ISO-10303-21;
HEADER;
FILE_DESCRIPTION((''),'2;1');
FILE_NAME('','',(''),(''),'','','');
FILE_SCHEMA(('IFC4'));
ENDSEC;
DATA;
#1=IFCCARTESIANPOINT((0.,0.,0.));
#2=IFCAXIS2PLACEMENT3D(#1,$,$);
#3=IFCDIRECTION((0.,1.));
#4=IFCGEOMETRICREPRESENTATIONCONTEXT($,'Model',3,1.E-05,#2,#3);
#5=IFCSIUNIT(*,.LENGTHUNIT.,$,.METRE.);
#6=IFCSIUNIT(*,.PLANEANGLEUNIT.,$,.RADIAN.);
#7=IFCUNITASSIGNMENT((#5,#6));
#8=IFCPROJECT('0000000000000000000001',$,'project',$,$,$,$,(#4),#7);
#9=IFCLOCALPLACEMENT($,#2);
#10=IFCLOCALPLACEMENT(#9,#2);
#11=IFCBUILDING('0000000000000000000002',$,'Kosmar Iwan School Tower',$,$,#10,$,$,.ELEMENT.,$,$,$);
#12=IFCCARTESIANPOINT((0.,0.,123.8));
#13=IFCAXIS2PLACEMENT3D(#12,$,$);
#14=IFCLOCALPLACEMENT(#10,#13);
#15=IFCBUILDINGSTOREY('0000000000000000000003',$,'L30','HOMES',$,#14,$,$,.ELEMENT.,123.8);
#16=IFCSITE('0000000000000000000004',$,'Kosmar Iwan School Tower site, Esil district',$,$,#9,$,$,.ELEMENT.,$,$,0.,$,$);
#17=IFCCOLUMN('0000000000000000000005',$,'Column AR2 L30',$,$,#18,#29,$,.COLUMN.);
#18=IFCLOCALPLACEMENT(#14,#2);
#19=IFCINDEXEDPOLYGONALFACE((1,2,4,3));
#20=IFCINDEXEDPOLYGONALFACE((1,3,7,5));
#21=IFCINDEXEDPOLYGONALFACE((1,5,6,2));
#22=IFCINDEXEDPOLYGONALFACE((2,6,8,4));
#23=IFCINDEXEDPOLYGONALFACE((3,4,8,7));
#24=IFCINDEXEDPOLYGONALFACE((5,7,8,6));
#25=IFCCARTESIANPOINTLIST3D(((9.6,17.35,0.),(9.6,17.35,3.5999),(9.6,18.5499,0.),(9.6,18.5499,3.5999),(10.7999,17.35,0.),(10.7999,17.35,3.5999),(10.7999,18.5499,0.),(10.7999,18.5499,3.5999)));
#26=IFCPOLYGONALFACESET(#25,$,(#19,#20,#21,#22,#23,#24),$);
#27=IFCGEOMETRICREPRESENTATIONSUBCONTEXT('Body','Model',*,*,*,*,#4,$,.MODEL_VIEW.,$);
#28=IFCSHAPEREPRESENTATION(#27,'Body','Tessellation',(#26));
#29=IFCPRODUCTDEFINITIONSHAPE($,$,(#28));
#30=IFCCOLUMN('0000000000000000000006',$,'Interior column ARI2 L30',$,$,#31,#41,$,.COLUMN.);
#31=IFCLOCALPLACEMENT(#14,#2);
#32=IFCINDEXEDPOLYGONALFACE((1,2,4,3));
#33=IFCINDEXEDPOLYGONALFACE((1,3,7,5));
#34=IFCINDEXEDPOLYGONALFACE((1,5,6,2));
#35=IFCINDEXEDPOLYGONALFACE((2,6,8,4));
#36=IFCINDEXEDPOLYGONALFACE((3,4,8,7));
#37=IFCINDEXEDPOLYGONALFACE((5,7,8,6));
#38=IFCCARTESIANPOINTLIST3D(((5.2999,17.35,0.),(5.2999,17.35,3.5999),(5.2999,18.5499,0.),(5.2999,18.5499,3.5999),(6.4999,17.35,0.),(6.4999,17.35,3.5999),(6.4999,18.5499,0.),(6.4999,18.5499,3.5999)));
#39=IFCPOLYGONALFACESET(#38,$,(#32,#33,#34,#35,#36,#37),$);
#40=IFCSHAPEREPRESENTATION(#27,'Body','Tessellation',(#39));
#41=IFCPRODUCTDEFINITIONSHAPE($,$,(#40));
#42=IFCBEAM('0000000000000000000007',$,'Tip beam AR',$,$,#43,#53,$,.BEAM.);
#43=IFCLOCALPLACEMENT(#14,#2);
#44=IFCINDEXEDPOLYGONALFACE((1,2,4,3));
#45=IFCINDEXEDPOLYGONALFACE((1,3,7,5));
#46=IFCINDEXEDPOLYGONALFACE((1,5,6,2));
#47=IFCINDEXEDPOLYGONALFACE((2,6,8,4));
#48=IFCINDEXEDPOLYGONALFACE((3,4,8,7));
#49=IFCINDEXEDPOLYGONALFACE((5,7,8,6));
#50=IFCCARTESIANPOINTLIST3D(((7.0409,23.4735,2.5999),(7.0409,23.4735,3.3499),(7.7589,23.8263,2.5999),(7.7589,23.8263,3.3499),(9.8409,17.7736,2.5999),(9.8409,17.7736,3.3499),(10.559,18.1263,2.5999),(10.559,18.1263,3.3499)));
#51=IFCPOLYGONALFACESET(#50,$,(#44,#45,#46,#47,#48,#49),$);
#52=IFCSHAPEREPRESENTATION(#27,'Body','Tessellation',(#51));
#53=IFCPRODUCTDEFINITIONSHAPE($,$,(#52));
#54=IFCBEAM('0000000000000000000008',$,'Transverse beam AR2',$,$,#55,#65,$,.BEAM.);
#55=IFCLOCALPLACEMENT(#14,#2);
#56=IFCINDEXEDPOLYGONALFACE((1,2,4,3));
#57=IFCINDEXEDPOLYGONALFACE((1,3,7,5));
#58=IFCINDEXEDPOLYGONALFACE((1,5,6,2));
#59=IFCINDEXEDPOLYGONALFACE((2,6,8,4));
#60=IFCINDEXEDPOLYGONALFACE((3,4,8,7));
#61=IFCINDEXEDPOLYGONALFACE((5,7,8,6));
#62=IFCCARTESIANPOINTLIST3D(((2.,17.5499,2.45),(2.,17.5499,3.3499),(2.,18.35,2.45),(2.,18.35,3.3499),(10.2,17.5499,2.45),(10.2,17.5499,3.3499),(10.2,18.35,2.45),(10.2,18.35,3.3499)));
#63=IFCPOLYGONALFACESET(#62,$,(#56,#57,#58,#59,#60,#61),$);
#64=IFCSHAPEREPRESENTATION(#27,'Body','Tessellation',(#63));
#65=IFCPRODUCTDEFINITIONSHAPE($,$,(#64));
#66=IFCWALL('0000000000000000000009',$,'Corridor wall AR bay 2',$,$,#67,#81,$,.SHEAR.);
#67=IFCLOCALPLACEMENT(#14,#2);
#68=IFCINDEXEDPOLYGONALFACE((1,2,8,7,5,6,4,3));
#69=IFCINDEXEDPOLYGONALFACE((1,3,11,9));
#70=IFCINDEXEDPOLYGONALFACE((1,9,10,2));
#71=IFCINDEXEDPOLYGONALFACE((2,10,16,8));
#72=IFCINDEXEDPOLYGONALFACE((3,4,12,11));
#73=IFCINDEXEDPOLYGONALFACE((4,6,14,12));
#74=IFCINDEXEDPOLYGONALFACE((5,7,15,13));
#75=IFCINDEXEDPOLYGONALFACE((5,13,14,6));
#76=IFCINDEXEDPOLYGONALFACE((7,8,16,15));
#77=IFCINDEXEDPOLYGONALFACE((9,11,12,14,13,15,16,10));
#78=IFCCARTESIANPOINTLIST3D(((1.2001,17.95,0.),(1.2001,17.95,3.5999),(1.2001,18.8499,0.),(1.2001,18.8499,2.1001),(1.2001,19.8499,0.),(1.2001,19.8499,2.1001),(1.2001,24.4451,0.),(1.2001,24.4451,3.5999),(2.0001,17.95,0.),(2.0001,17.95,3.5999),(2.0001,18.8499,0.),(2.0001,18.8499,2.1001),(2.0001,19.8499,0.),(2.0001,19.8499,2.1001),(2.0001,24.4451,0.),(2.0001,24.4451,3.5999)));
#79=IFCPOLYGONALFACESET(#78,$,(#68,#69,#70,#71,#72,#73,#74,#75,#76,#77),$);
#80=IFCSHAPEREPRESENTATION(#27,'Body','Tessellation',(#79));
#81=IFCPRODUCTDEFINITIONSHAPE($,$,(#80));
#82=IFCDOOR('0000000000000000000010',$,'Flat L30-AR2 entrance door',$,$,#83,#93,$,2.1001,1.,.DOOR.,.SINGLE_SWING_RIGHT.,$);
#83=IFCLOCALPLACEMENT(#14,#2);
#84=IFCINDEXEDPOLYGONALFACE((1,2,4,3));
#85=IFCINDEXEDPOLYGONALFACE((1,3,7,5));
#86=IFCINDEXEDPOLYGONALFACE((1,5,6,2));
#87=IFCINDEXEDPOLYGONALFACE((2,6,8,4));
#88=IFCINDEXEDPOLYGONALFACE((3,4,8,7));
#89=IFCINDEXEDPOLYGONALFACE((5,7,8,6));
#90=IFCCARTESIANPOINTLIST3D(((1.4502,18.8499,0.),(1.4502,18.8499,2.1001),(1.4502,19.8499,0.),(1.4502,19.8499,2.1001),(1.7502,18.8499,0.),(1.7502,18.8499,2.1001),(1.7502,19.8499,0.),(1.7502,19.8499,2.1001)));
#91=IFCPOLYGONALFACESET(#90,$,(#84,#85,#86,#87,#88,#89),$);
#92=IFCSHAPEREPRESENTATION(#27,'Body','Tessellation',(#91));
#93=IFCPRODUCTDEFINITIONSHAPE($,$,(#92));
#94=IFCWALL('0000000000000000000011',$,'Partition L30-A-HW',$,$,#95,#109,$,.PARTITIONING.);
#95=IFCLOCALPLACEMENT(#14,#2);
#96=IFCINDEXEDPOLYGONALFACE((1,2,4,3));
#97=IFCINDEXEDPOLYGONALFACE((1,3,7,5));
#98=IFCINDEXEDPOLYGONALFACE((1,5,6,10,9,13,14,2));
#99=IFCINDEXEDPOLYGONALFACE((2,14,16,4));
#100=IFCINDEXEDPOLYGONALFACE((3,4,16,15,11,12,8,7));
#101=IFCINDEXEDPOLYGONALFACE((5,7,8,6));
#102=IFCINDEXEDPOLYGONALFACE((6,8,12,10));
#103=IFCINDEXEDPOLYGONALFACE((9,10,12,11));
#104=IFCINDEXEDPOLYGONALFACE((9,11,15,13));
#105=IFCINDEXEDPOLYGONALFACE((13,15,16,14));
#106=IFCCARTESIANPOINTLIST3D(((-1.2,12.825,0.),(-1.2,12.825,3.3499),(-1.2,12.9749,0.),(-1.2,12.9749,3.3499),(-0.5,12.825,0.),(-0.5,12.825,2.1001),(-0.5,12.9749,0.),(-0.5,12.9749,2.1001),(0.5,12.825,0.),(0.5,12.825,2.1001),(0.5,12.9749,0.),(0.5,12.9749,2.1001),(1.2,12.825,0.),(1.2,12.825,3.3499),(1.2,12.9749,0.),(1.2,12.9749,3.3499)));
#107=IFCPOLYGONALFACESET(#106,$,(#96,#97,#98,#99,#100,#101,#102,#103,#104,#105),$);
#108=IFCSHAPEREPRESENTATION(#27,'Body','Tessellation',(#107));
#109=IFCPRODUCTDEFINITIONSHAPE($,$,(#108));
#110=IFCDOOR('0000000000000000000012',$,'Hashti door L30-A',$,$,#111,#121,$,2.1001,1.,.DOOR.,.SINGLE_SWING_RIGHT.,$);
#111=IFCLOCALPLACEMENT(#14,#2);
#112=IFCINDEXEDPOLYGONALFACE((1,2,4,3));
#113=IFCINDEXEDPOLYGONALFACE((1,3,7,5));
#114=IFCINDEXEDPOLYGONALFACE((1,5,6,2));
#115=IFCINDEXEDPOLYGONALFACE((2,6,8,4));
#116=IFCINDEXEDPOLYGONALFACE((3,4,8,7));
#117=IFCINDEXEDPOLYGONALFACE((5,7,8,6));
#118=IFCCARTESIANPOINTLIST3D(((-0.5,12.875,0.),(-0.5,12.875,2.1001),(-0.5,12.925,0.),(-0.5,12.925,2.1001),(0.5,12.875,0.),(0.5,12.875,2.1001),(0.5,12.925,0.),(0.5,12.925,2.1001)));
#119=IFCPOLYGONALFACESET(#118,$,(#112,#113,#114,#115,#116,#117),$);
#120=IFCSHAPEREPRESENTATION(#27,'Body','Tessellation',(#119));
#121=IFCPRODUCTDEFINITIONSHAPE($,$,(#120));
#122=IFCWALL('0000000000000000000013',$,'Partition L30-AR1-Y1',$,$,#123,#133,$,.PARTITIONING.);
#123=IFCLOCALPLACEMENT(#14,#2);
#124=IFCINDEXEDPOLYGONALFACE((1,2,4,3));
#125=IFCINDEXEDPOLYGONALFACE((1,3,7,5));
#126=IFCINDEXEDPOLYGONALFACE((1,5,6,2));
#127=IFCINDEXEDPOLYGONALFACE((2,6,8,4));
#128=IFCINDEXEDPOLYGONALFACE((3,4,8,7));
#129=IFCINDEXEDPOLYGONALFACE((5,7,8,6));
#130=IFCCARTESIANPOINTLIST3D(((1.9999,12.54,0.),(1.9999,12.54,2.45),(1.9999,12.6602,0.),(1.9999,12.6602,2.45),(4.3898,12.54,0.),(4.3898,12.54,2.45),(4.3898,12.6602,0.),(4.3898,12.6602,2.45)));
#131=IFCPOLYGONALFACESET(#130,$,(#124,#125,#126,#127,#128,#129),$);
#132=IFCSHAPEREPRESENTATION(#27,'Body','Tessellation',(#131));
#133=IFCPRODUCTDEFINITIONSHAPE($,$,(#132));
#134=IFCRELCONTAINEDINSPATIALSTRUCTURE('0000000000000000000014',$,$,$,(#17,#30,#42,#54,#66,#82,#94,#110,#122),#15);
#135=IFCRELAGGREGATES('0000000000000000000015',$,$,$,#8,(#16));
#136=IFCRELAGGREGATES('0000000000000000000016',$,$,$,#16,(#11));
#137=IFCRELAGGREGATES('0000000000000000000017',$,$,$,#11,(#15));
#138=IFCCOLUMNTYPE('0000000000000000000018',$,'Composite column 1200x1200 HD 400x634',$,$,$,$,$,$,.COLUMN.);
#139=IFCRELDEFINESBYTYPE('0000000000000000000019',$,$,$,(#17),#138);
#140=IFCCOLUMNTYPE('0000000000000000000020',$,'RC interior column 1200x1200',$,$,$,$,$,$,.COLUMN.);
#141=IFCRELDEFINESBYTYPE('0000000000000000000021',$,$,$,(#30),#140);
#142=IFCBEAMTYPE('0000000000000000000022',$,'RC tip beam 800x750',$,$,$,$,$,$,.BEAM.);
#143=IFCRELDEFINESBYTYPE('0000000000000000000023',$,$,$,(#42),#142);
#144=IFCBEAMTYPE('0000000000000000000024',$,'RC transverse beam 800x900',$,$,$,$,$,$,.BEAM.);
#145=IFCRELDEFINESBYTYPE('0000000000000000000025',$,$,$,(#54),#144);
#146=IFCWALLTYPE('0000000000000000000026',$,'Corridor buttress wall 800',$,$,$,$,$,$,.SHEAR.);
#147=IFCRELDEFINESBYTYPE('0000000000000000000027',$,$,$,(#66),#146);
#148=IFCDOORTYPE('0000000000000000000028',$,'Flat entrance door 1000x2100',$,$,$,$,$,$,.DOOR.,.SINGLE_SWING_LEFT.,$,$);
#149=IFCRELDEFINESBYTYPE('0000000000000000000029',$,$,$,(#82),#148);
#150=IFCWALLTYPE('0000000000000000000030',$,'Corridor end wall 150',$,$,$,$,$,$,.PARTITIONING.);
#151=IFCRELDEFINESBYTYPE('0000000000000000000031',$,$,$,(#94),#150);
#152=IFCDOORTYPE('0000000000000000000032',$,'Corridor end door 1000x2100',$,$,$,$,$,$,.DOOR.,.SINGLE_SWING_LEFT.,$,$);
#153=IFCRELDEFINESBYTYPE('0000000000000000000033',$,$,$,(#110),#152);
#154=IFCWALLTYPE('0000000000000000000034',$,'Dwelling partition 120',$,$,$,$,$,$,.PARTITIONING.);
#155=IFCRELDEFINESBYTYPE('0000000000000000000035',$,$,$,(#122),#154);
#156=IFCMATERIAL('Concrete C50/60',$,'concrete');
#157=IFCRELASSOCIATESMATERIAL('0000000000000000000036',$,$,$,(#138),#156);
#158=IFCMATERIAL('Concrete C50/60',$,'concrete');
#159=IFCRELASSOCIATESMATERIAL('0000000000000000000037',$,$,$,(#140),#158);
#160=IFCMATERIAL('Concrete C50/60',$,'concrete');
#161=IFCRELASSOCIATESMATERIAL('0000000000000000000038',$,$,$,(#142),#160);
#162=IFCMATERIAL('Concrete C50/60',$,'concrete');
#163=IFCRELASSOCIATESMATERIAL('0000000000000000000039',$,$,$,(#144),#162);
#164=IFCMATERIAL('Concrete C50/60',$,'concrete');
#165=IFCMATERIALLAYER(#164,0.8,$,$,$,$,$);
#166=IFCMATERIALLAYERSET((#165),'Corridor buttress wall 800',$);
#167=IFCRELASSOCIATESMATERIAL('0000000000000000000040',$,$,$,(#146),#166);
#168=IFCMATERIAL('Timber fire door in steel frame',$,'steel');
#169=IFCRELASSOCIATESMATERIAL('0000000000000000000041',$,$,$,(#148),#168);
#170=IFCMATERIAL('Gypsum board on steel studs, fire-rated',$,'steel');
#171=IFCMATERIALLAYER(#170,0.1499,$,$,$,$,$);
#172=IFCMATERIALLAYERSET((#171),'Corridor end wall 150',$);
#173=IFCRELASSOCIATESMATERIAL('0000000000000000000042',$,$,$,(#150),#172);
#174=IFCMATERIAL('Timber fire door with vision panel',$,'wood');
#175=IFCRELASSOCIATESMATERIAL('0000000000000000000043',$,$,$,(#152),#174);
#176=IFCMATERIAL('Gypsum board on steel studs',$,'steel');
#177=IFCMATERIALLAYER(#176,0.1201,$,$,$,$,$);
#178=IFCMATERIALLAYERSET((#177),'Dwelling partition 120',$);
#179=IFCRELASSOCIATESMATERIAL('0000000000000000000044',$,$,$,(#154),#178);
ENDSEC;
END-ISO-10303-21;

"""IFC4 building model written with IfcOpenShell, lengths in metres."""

from ifc_helpers import new_model, si_unit, direction, frame, frame_2d, origin, origin_2d, place, context, subcontext, project, spatial, rectangle, extrude, material, layer, layer_set, material_profile, profile_set, type_object, element, fill, save


model = new_model("IFC4")

# Units and contexts
model_context = context("Model", 3, precision=1e-05, world=origin(), true_north=direction((0.0, 1.0)))
body_context = subcontext(model_context, "Body", "Model", "MODEL_VIEW")
ifc_project = project(units=[si_unit("LENGTHUNIT", "METRE"), si_unit("PLANEANGLEUNIT", "RADIAN")], contexts=[model_context])

# Site, building, storey
site_placement = place(None, origin())
site = spatial("IfcSite", under=ifc_project, at=site_placement, Name="Kosmar Iwan School Tower site, Esil district", CompositionType="ELEMENT", RefElevation=0.0)
building_placement = place(site_placement, origin())
building = spatial("IfcBuilding", under=site, at=building_placement, Name="Kosmar Iwan School Tower", CompositionType="ELEMENT")
storey_placement = place(building_placement, frame((0.0, 0.0, 123.8)))
storey = spatial("IfcBuildingStorey", under=building, at=storey_placement, Name="L30", Description="HOMES", CompositionType="ELEMENT", Elevation=123.8)

# Columns
ifc_material_1 = material(Name="Concrete C50/60", Category="concrete")
ifc_material_profile_1 = material_profile(ifc_material_1, rectangle(XDim=1.2, YDim=1.2, at=origin_2d()), Name="RC 1200x1200 + HD 400x634")
ifc_profile_set_1 = profile_set([ifc_material_profile_1], Name="Concrete C50/60")
column_type_1 = type_object("IfcColumnType", Name="Composite column 1200x1200 HD 400x634", PredefinedType="COLUMN", material=ifc_profile_set_1)
column_1_placement = place(storey_placement, frame((10.2, 17.95, 0.0), z_axis=(0.0, 0.0, 1.0), x_axis=(0.0, 1.0, 0.0)))
element("IfcColumn", 1, at=column_1_placement, inside=storey, type_object=column_type_1, Name="Column AR2 L30", PredefinedType="COLUMN", context=body_context, shape_type="SweptSolid", body=[
    extrude(rectangle(XDim=1.2, YDim=1.2, at=origin_2d()), origin(), (0.0, 0.0, 1.0), 3.5999),
])
ifc_material_2 = material(Name="Concrete C50/60", Category="concrete")
ifc_material_profile_2 = material_profile(ifc_material_2, rectangle(XDim=1.2, YDim=1.2, at=origin_2d()), Name="RC 1200x1200")
ifc_profile_set_2 = profile_set([ifc_material_profile_2], Name="Concrete C50/60")
column_type_2 = type_object("IfcColumnType", Name="RC interior column 1200x1200", PredefinedType="COLUMN", material=ifc_profile_set_2)
column_2_placement = place(storey_placement, frame((5.8999, 17.95, 0.0), z_axis=(0.0, 0.0, 1.0), x_axis=(0.0, 1.0, 0.0)))
element("IfcColumn", 2, at=column_2_placement, inside=storey, type_object=column_type_2, Name="Interior column ARI2 L30", PredefinedType="COLUMN", context=body_context, shape_type="SweptSolid", body=[
    extrude(rectangle(XDim=1.2, YDim=1.2, at=origin_2d()), origin(), (0.0, 0.0, 1.0), 3.5999),
])

# Beams
ifc_material_3 = material(Name="Concrete C50/60", Category="concrete")
ifc_material_profile_3 = material_profile(ifc_material_3, rectangle(XDim=0.8, YDim=0.75, at=origin_2d()), Name="RC 800x750")
ifc_profile_set_3 = profile_set([ifc_material_profile_3], Name="Concrete C50/60")
beam_type_1 = type_object("IfcBeamType", Name="RC tip beam 800x750", PredefinedType="BEAM", material=ifc_profile_set_3)
beam_1_placement = place(storey_placement, frame((10.2, 17.95, 2.9749), z_axis=(-0.440913, 0.89755, 0.0), x_axis=(-0.89755, -0.440913, 0.0)))
element("IfcBeam", 3, at=beam_1_placement, inside=storey, type_object=beam_type_1, Name="Tip beam AR", PredefinedType="BEAM", context=body_context, shape_type="SweptSolid", body=[
    extrude(rectangle(XDim=0.8, YDim=0.75, at=origin_2d()), origin(), (0.0, 0.0, 1.0), 6.3506),
])
ifc_material_4 = material(Name="Concrete C50/60", Category="concrete")
ifc_material_profile_4 = material_profile(ifc_material_4, rectangle(XDim=0.8, YDim=0.8999, at=origin_2d()), Name="RC 800x900")
ifc_profile_set_4 = profile_set([ifc_material_profile_4], Name="Concrete C50/60")
beam_type_2 = type_object("IfcBeamType", Name="RC transverse beam 800x900", PredefinedType="BEAM", material=ifc_profile_set_4)
beam_2_placement = place(storey_placement, frame((10.2, 17.95, 2.8999), z_axis=(-1.0, 0.0, 0.0), x_axis=(0.0, -1.0, 0.0)))
element("IfcBeam", 4, at=beam_2_placement, inside=storey, type_object=beam_type_2, Name="Transverse beam AR2", PredefinedType="BEAM", context=body_context, shape_type="SweptSolid", body=[
    extrude(rectangle(XDim=0.8, YDim=0.8999, at=origin_2d()), origin(), (0.0, 0.0, 1.0), 8.2),
])

# Walls, openings, doors
ifc_material_5 = material(Name="Concrete C50/60", Category="concrete")
ifc_layer_1 = layer(ifc_material_5, 0.8)
ifc_layer_set_1 = layer_set([ifc_layer_1], Name="Corridor buttress wall 800")
wall_type_1 = type_object("IfcWallType", Name="Corridor buttress wall 800", PredefinedType="SHEAR", material=ifc_layer_set_1)
wall_1_placement = place(storey_placement, frame((1.6001, 17.95, 0.0), z_axis=(0.0, 0.0, 1.0), x_axis=(0.0, 1.0, 0.0)))
wall_1 = element("IfcWall", 5, at=wall_1_placement, inside=storey, type_object=wall_type_1, Name="Corridor wall AR bay 2", PredefinedType="SHEAR", context=body_context, shape_type="SweptSolid", body=[
    extrude(rectangle(XDim=6.4951, YDim=0.8, at=frame_2d((3.2476, 0.0))), origin(), (0.0, 0.0, 1.0), 3.5999),
])
opening_1_placement = place(wall_1_placement, frame((0.8999, 0.0, 0.0)))
opening_1 = element("IfcOpeningElement", 6, at=opening_1_placement, cuts=wall_1, PredefinedType="OPENING", context=body_context, shape_type="SweptSolid", body=[
    extrude(rectangle(XDim=1.0, YDim=2.1001, at=frame_2d((0.5, 1.05))), frame((0.0, 0.4121, 0.0), z_axis=(0.0, -1.0, 0.0), x_axis=(1.0, 0.0, 0.0)), (0.0, 0.0, 1.0), 0.824),
])
ifc_material_6 = material(Name="Timber fire door in steel frame", Category="steel")
door_type_1 = type_object("IfcDoorType", Name="Flat entrance door 1000x2100", OperationType="SINGLE_SWING_LEFT", PredefinedType="DOOR", material=ifc_material_6)
door_1_placement = place(opening_1_placement, origin())
door_1 = element("IfcDoor", 7, at=door_1_placement, inside=storey, type_object=door_type_1, Name="Flat L30-AR2 entrance door", OperationType="SINGLE_SWING_RIGHT", OverallHeight=2.1001, OverallWidth=1.0, PredefinedType="DOOR", context=body_context, shape_type="SweptSolid", body=[
    extrude(rectangle(XDim=1.0, YDim=2.1001, at=frame_2d((0.5, 1.05))), frame((0.0, 0.1499, 0.0), z_axis=(0.0, -1.0, 0.0), x_axis=(1.0, 0.0, 0.0)), (0.0, 0.0, 1.0), 0.3),
])
fill(opening_1, door_1)
ifc_material_7 = material(Name="Gypsum board on steel studs, fire-rated", Category="steel")
ifc_layer_2 = layer(ifc_material_7, 0.1499)
ifc_layer_set_2 = layer_set([ifc_layer_2], Name="Corridor end wall 150")
wall_type_2 = type_object("IfcWallType", Name="Corridor end wall 150", PredefinedType="PARTITIONING", material=ifc_layer_set_2)
wall_2_placement = place(storey_placement, frame((1.2, 12.8999, 0.0), z_axis=(0.0, 0.0, 1.0), x_axis=(-1.0, 0.0, 0.0)))
wall_2 = element("IfcWall", 8, at=wall_2_placement, inside=storey, type_object=wall_type_2, Name="Partition L30-A-HW", PredefinedType="PARTITIONING", context=body_context, shape_type="SweptSolid", body=[
    extrude(rectangle(XDim=2.3999, YDim=0.1499, at=frame_2d((1.2, 0.0))), origin(), (0.0, 0.0, 1.0), 3.3499),
])
opening_2_placement = place(wall_2_placement, frame((0.7, 0.0, 0.0)))
opening_2 = element("IfcOpeningElement", 9, at=opening_2_placement, cuts=wall_2, PredefinedType="OPENING", context=body_context, shape_type="SweptSolid", body=[
    extrude(rectangle(XDim=1.0, YDim=2.1001, at=frame_2d((0.5, 1.05))), frame((0.0, 0.0869, 0.0), z_axis=(0.0, -1.0, 0.0), x_axis=(1.0, 0.0, 0.0)), (0.0, 0.0, 1.0), 0.1738),
])
ifc_material_8 = material(Name="Timber fire door with vision panel", Category="wood")
door_type_2 = type_object("IfcDoorType", Name="Corridor end door 1000x2100", OperationType="SINGLE_SWING_LEFT", PredefinedType="DOOR", material=ifc_material_8)
door_2_placement = place(opening_2_placement, origin())
door_2 = element("IfcDoor", 10, at=door_2_placement, inside=storey, type_object=door_type_2, Name="Hashti door L30-A", OperationType="SINGLE_SWING_RIGHT", OverallHeight=2.1001, OverallWidth=1.0, PredefinedType="DOOR", context=body_context, shape_type="SweptSolid", body=[
    extrude(rectangle(XDim=1.0, YDim=2.1001, at=frame_2d((0.5, 1.05))), frame((0.0, 0.0249, 0.0), z_axis=(0.0, -1.0, 0.0), x_axis=(1.0, 0.0, 0.0)), (0.0, 0.0, 1.0), 0.05),
])
fill(opening_2, door_2)

# Wall
ifc_material_9 = material(Name="Gypsum board on steel studs", Category="steel")
ifc_layer_3 = layer(ifc_material_9, 0.1201)
ifc_layer_set_3 = layer_set([ifc_layer_3], Name="Dwelling partition 120")
wall_type_3 = type_object("IfcWallType", Name="Dwelling partition 120", PredefinedType="PARTITIONING", material=ifc_layer_set_3)
wall_3_placement = place(storey_placement, frame((2.0, 12.6001, 0.0), z_axis=(0.0, 0.0, 1.0), x_axis=(1.0, 0.0, 0.0)))
element("IfcWall", 11, at=wall_3_placement, inside=storey, type_object=wall_type_3, Name="Partition L30-AR1-Y1", PredefinedType="PARTITIONING", context=body_context, shape_type="SweptSolid", body=[
    extrude(rectangle(XDim=2.3899, YDim=0.1201, at=frame_2d((1.1948, 0.0))), origin(), (0.0, 0.0, 1.0), 2.45),
])

save(model, "model.ifc")
